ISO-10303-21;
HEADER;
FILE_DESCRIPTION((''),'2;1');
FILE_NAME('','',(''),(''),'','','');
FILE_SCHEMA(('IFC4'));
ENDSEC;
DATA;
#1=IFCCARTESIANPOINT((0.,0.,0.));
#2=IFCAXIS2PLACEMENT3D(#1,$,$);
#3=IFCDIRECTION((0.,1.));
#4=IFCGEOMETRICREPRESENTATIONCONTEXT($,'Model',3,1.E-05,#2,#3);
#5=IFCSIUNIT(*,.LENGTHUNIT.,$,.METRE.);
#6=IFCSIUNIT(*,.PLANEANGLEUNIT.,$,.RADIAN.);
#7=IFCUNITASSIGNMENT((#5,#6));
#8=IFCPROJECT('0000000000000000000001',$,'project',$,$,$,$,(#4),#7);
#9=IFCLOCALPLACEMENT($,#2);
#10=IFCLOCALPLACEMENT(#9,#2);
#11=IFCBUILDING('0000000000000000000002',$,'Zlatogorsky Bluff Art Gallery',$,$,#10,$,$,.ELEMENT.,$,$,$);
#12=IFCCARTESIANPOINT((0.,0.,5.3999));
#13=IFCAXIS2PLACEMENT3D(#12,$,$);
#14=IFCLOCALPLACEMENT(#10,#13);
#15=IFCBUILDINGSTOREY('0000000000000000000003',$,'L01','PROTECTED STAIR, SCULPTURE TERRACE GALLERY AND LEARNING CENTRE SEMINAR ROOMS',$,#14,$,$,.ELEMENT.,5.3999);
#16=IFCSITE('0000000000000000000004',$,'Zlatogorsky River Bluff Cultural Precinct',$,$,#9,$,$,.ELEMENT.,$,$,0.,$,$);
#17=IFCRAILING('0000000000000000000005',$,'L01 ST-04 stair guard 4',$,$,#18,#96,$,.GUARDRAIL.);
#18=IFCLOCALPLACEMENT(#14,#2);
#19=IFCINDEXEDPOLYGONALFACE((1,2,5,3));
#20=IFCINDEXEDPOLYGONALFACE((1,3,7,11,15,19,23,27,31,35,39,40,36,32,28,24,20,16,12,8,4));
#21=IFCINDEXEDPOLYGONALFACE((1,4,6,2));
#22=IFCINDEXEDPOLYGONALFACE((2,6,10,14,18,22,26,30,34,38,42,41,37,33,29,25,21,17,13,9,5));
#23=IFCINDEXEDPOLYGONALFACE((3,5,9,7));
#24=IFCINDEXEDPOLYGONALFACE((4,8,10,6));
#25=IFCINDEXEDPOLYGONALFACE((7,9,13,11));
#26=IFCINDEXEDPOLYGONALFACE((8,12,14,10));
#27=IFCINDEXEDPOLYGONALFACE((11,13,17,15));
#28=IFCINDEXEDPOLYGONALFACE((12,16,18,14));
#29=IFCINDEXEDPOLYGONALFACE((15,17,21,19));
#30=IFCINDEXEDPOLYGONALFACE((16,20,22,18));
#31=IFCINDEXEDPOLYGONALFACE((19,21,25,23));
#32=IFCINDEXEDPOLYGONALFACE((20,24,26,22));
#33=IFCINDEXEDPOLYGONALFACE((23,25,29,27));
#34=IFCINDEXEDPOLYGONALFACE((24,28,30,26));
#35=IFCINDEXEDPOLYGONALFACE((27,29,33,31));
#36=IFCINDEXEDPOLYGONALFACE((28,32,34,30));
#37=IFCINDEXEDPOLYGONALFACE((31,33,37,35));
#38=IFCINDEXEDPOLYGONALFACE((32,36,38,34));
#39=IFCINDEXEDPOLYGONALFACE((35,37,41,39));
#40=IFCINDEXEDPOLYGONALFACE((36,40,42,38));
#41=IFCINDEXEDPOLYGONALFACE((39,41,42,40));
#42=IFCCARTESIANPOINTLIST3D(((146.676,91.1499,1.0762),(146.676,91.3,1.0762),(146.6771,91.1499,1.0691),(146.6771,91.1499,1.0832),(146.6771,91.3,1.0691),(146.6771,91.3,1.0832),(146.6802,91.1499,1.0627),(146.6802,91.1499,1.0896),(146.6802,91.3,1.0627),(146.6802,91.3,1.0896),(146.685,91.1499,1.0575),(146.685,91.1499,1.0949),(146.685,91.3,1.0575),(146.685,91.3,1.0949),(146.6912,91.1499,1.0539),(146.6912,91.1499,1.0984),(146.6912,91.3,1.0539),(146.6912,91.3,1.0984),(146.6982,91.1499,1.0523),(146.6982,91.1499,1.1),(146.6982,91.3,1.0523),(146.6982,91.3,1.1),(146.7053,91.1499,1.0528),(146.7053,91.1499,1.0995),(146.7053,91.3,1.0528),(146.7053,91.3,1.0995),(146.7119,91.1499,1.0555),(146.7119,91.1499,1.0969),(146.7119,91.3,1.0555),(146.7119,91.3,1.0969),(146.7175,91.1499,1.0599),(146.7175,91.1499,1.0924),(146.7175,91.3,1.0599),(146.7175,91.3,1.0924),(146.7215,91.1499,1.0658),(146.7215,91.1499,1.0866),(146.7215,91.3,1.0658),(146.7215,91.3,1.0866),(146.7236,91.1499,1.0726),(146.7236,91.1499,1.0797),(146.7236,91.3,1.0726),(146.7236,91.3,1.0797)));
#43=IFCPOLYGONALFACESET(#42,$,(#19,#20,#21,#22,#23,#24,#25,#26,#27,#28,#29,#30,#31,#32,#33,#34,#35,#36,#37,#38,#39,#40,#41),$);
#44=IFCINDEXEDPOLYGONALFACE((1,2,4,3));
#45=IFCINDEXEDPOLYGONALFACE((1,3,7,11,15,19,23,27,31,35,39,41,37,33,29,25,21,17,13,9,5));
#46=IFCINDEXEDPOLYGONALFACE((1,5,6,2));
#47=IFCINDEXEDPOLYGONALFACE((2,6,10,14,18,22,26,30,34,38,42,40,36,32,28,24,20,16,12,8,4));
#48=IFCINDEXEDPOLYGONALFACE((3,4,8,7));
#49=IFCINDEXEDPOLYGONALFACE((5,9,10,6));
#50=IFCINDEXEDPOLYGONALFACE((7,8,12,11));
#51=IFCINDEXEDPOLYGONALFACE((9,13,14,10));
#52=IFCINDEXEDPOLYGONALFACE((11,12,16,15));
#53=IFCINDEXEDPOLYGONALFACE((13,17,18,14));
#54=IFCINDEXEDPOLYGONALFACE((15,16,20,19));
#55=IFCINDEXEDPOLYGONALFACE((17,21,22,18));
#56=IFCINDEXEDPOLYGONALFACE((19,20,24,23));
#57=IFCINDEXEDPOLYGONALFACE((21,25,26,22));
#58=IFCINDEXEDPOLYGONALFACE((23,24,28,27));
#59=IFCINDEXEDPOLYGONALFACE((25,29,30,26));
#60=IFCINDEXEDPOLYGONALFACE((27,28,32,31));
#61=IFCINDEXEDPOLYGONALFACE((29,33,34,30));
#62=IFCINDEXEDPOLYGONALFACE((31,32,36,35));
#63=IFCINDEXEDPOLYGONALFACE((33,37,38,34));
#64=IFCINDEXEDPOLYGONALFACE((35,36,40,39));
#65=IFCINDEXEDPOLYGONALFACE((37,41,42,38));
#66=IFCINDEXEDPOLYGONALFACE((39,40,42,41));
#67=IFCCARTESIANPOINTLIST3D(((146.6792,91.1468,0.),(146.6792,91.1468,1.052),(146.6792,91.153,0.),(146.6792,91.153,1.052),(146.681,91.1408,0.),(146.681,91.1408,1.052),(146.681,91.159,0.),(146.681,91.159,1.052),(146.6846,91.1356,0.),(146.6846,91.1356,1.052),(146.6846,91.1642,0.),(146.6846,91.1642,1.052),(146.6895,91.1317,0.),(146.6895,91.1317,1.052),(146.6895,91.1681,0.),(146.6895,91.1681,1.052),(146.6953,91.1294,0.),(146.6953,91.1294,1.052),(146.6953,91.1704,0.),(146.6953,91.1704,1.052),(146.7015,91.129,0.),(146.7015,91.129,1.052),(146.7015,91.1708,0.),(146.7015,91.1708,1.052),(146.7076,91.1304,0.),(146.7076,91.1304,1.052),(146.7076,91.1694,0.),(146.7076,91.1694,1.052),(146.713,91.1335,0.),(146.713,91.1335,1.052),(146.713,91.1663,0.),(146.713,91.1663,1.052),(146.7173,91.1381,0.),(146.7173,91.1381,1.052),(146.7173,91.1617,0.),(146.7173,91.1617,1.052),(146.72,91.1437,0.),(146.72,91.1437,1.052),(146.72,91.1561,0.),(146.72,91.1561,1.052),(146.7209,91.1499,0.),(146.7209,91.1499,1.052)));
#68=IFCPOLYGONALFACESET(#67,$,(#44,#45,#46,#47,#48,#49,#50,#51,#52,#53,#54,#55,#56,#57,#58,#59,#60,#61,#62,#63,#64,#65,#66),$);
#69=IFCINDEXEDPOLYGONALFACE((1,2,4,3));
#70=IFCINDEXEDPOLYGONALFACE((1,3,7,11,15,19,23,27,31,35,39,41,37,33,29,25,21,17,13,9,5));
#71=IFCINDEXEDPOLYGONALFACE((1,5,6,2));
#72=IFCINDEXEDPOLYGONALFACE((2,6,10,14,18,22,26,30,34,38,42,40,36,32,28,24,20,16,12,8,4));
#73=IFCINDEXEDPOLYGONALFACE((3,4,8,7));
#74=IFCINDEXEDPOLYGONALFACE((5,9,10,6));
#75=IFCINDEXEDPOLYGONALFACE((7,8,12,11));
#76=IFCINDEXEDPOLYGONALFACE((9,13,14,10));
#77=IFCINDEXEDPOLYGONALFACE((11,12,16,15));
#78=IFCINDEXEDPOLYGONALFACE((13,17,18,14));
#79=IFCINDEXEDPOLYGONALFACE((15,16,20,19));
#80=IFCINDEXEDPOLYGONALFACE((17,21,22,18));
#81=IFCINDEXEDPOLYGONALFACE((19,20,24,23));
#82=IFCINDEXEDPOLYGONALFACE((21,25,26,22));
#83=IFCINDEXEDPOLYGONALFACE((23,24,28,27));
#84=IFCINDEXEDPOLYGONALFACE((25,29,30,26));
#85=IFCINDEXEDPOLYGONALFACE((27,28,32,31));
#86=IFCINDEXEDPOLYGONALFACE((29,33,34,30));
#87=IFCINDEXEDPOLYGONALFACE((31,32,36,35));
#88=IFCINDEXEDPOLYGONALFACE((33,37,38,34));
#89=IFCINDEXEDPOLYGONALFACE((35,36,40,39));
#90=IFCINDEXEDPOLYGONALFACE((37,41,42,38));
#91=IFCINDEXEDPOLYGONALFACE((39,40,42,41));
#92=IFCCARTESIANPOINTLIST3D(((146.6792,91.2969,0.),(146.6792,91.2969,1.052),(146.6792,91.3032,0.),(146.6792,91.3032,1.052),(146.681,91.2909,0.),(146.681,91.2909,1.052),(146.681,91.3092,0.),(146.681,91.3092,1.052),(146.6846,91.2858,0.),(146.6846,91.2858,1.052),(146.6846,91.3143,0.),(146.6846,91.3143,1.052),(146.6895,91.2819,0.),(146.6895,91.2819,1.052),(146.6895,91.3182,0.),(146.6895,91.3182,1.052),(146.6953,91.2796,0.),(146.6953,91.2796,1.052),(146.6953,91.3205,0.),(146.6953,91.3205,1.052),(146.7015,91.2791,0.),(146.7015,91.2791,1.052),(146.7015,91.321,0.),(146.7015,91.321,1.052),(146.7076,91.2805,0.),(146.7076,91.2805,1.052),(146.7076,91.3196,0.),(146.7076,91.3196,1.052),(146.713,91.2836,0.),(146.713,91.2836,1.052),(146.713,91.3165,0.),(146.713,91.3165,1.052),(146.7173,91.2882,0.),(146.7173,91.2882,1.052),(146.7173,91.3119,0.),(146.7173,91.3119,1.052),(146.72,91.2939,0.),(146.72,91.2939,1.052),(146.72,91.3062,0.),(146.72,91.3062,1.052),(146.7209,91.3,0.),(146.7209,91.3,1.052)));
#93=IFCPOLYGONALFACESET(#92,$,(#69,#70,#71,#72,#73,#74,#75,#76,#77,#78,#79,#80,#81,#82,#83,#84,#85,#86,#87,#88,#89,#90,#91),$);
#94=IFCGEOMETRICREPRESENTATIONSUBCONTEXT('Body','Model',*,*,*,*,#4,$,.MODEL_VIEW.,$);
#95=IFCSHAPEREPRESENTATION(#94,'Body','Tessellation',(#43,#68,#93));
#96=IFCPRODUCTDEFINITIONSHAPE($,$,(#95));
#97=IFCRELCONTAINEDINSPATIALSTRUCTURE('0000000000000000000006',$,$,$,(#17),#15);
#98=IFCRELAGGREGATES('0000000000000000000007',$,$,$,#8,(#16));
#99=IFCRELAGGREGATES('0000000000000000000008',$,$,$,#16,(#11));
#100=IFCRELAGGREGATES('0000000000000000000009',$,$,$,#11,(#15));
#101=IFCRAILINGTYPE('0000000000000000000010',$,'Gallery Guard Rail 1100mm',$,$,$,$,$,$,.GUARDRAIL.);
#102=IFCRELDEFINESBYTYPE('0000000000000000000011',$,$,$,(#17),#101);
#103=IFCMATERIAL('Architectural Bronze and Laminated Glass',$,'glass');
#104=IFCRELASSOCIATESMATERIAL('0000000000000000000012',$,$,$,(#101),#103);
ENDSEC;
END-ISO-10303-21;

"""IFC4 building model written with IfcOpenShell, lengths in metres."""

from ifc_helpers import new_model, si_unit, direction, frame, origin, origin_2d, place, context, subcontext, project, spatial, circle, extrude, material, type_object, element, save


model = new_model("IFC4")

# Units and contexts
model_context = context("Model", 3, precision=1e-05, world=origin(), true_north=direction((0.0, 1.0)))
body_context = subcontext(model_context, "Body", "Model", "MODEL_VIEW")
ifc_project = project(units=[si_unit("LENGTHUNIT", "METRE"), si_unit("PLANEANGLEUNIT", "RADIAN")], contexts=[model_context])

# Site, building, storey
site_placement = place(None, origin())
site = spatial("IfcSite", under=ifc_project, at=site_placement, Name="Zlatogorsky River Bluff Cultural Precinct", CompositionType="ELEMENT", RefElevation=0.0)
building_placement = place(site_placement, origin())
building = spatial("IfcBuilding", under=site, at=building_placement, Name="Zlatogorsky Bluff Art Gallery", CompositionType="ELEMENT")
storey_placement = place(building_placement, frame((0.0, 0.0, 5.3999)))
storey = spatial("IfcBuildingStorey", under=building, at=storey_placement, Name="L01", Description="PROTECTED STAIR, SCULPTURE TERRACE GALLERY AND LEARNING CENTRE SEMINAR ROOMS", CompositionType="ELEMENT", Elevation=5.3999)

# Railing
ifc_material_1 = material(Name="Architectural Bronze and Laminated Glass", Category="glass")
railing_type_1 = type_object("IfcRailingType", Name="Gallery Guard Rail 1100mm", PredefinedType="GUARDRAIL", material=ifc_material_1)
railing_1_placement = place(storey_placement, frame((146.7, 91.1499, 0.0)))
element("IfcRailing", 1, at=railing_1_placement, inside=storey, type_object=railing_type_1, Name="L01 ST-04 stair guard 4", PredefinedType="GUARDRAIL", context=body_context, shape_type="SweptSolid", body=[
    extrude(circle(Radius=0.0239, at=origin_2d()), frame((0.0, 0.0, 1.0762), z_axis=(0.0, 1.0, 0.0), x_axis=(-1.0, 0.0, 0.0)), (0.0, 0.0, 1.0), 0.1501),
    extrude(circle(Radius=0.021, at=origin_2d()), origin(), (0.0, 0.0, 1.0), 1.052),
    extrude(circle(Radius=0.021, at=origin_2d()), frame((0.0, 0.1501, 0.0)), (0.0, 0.0, 1.0), 1.052),
])

save(model, "model.ifc")
